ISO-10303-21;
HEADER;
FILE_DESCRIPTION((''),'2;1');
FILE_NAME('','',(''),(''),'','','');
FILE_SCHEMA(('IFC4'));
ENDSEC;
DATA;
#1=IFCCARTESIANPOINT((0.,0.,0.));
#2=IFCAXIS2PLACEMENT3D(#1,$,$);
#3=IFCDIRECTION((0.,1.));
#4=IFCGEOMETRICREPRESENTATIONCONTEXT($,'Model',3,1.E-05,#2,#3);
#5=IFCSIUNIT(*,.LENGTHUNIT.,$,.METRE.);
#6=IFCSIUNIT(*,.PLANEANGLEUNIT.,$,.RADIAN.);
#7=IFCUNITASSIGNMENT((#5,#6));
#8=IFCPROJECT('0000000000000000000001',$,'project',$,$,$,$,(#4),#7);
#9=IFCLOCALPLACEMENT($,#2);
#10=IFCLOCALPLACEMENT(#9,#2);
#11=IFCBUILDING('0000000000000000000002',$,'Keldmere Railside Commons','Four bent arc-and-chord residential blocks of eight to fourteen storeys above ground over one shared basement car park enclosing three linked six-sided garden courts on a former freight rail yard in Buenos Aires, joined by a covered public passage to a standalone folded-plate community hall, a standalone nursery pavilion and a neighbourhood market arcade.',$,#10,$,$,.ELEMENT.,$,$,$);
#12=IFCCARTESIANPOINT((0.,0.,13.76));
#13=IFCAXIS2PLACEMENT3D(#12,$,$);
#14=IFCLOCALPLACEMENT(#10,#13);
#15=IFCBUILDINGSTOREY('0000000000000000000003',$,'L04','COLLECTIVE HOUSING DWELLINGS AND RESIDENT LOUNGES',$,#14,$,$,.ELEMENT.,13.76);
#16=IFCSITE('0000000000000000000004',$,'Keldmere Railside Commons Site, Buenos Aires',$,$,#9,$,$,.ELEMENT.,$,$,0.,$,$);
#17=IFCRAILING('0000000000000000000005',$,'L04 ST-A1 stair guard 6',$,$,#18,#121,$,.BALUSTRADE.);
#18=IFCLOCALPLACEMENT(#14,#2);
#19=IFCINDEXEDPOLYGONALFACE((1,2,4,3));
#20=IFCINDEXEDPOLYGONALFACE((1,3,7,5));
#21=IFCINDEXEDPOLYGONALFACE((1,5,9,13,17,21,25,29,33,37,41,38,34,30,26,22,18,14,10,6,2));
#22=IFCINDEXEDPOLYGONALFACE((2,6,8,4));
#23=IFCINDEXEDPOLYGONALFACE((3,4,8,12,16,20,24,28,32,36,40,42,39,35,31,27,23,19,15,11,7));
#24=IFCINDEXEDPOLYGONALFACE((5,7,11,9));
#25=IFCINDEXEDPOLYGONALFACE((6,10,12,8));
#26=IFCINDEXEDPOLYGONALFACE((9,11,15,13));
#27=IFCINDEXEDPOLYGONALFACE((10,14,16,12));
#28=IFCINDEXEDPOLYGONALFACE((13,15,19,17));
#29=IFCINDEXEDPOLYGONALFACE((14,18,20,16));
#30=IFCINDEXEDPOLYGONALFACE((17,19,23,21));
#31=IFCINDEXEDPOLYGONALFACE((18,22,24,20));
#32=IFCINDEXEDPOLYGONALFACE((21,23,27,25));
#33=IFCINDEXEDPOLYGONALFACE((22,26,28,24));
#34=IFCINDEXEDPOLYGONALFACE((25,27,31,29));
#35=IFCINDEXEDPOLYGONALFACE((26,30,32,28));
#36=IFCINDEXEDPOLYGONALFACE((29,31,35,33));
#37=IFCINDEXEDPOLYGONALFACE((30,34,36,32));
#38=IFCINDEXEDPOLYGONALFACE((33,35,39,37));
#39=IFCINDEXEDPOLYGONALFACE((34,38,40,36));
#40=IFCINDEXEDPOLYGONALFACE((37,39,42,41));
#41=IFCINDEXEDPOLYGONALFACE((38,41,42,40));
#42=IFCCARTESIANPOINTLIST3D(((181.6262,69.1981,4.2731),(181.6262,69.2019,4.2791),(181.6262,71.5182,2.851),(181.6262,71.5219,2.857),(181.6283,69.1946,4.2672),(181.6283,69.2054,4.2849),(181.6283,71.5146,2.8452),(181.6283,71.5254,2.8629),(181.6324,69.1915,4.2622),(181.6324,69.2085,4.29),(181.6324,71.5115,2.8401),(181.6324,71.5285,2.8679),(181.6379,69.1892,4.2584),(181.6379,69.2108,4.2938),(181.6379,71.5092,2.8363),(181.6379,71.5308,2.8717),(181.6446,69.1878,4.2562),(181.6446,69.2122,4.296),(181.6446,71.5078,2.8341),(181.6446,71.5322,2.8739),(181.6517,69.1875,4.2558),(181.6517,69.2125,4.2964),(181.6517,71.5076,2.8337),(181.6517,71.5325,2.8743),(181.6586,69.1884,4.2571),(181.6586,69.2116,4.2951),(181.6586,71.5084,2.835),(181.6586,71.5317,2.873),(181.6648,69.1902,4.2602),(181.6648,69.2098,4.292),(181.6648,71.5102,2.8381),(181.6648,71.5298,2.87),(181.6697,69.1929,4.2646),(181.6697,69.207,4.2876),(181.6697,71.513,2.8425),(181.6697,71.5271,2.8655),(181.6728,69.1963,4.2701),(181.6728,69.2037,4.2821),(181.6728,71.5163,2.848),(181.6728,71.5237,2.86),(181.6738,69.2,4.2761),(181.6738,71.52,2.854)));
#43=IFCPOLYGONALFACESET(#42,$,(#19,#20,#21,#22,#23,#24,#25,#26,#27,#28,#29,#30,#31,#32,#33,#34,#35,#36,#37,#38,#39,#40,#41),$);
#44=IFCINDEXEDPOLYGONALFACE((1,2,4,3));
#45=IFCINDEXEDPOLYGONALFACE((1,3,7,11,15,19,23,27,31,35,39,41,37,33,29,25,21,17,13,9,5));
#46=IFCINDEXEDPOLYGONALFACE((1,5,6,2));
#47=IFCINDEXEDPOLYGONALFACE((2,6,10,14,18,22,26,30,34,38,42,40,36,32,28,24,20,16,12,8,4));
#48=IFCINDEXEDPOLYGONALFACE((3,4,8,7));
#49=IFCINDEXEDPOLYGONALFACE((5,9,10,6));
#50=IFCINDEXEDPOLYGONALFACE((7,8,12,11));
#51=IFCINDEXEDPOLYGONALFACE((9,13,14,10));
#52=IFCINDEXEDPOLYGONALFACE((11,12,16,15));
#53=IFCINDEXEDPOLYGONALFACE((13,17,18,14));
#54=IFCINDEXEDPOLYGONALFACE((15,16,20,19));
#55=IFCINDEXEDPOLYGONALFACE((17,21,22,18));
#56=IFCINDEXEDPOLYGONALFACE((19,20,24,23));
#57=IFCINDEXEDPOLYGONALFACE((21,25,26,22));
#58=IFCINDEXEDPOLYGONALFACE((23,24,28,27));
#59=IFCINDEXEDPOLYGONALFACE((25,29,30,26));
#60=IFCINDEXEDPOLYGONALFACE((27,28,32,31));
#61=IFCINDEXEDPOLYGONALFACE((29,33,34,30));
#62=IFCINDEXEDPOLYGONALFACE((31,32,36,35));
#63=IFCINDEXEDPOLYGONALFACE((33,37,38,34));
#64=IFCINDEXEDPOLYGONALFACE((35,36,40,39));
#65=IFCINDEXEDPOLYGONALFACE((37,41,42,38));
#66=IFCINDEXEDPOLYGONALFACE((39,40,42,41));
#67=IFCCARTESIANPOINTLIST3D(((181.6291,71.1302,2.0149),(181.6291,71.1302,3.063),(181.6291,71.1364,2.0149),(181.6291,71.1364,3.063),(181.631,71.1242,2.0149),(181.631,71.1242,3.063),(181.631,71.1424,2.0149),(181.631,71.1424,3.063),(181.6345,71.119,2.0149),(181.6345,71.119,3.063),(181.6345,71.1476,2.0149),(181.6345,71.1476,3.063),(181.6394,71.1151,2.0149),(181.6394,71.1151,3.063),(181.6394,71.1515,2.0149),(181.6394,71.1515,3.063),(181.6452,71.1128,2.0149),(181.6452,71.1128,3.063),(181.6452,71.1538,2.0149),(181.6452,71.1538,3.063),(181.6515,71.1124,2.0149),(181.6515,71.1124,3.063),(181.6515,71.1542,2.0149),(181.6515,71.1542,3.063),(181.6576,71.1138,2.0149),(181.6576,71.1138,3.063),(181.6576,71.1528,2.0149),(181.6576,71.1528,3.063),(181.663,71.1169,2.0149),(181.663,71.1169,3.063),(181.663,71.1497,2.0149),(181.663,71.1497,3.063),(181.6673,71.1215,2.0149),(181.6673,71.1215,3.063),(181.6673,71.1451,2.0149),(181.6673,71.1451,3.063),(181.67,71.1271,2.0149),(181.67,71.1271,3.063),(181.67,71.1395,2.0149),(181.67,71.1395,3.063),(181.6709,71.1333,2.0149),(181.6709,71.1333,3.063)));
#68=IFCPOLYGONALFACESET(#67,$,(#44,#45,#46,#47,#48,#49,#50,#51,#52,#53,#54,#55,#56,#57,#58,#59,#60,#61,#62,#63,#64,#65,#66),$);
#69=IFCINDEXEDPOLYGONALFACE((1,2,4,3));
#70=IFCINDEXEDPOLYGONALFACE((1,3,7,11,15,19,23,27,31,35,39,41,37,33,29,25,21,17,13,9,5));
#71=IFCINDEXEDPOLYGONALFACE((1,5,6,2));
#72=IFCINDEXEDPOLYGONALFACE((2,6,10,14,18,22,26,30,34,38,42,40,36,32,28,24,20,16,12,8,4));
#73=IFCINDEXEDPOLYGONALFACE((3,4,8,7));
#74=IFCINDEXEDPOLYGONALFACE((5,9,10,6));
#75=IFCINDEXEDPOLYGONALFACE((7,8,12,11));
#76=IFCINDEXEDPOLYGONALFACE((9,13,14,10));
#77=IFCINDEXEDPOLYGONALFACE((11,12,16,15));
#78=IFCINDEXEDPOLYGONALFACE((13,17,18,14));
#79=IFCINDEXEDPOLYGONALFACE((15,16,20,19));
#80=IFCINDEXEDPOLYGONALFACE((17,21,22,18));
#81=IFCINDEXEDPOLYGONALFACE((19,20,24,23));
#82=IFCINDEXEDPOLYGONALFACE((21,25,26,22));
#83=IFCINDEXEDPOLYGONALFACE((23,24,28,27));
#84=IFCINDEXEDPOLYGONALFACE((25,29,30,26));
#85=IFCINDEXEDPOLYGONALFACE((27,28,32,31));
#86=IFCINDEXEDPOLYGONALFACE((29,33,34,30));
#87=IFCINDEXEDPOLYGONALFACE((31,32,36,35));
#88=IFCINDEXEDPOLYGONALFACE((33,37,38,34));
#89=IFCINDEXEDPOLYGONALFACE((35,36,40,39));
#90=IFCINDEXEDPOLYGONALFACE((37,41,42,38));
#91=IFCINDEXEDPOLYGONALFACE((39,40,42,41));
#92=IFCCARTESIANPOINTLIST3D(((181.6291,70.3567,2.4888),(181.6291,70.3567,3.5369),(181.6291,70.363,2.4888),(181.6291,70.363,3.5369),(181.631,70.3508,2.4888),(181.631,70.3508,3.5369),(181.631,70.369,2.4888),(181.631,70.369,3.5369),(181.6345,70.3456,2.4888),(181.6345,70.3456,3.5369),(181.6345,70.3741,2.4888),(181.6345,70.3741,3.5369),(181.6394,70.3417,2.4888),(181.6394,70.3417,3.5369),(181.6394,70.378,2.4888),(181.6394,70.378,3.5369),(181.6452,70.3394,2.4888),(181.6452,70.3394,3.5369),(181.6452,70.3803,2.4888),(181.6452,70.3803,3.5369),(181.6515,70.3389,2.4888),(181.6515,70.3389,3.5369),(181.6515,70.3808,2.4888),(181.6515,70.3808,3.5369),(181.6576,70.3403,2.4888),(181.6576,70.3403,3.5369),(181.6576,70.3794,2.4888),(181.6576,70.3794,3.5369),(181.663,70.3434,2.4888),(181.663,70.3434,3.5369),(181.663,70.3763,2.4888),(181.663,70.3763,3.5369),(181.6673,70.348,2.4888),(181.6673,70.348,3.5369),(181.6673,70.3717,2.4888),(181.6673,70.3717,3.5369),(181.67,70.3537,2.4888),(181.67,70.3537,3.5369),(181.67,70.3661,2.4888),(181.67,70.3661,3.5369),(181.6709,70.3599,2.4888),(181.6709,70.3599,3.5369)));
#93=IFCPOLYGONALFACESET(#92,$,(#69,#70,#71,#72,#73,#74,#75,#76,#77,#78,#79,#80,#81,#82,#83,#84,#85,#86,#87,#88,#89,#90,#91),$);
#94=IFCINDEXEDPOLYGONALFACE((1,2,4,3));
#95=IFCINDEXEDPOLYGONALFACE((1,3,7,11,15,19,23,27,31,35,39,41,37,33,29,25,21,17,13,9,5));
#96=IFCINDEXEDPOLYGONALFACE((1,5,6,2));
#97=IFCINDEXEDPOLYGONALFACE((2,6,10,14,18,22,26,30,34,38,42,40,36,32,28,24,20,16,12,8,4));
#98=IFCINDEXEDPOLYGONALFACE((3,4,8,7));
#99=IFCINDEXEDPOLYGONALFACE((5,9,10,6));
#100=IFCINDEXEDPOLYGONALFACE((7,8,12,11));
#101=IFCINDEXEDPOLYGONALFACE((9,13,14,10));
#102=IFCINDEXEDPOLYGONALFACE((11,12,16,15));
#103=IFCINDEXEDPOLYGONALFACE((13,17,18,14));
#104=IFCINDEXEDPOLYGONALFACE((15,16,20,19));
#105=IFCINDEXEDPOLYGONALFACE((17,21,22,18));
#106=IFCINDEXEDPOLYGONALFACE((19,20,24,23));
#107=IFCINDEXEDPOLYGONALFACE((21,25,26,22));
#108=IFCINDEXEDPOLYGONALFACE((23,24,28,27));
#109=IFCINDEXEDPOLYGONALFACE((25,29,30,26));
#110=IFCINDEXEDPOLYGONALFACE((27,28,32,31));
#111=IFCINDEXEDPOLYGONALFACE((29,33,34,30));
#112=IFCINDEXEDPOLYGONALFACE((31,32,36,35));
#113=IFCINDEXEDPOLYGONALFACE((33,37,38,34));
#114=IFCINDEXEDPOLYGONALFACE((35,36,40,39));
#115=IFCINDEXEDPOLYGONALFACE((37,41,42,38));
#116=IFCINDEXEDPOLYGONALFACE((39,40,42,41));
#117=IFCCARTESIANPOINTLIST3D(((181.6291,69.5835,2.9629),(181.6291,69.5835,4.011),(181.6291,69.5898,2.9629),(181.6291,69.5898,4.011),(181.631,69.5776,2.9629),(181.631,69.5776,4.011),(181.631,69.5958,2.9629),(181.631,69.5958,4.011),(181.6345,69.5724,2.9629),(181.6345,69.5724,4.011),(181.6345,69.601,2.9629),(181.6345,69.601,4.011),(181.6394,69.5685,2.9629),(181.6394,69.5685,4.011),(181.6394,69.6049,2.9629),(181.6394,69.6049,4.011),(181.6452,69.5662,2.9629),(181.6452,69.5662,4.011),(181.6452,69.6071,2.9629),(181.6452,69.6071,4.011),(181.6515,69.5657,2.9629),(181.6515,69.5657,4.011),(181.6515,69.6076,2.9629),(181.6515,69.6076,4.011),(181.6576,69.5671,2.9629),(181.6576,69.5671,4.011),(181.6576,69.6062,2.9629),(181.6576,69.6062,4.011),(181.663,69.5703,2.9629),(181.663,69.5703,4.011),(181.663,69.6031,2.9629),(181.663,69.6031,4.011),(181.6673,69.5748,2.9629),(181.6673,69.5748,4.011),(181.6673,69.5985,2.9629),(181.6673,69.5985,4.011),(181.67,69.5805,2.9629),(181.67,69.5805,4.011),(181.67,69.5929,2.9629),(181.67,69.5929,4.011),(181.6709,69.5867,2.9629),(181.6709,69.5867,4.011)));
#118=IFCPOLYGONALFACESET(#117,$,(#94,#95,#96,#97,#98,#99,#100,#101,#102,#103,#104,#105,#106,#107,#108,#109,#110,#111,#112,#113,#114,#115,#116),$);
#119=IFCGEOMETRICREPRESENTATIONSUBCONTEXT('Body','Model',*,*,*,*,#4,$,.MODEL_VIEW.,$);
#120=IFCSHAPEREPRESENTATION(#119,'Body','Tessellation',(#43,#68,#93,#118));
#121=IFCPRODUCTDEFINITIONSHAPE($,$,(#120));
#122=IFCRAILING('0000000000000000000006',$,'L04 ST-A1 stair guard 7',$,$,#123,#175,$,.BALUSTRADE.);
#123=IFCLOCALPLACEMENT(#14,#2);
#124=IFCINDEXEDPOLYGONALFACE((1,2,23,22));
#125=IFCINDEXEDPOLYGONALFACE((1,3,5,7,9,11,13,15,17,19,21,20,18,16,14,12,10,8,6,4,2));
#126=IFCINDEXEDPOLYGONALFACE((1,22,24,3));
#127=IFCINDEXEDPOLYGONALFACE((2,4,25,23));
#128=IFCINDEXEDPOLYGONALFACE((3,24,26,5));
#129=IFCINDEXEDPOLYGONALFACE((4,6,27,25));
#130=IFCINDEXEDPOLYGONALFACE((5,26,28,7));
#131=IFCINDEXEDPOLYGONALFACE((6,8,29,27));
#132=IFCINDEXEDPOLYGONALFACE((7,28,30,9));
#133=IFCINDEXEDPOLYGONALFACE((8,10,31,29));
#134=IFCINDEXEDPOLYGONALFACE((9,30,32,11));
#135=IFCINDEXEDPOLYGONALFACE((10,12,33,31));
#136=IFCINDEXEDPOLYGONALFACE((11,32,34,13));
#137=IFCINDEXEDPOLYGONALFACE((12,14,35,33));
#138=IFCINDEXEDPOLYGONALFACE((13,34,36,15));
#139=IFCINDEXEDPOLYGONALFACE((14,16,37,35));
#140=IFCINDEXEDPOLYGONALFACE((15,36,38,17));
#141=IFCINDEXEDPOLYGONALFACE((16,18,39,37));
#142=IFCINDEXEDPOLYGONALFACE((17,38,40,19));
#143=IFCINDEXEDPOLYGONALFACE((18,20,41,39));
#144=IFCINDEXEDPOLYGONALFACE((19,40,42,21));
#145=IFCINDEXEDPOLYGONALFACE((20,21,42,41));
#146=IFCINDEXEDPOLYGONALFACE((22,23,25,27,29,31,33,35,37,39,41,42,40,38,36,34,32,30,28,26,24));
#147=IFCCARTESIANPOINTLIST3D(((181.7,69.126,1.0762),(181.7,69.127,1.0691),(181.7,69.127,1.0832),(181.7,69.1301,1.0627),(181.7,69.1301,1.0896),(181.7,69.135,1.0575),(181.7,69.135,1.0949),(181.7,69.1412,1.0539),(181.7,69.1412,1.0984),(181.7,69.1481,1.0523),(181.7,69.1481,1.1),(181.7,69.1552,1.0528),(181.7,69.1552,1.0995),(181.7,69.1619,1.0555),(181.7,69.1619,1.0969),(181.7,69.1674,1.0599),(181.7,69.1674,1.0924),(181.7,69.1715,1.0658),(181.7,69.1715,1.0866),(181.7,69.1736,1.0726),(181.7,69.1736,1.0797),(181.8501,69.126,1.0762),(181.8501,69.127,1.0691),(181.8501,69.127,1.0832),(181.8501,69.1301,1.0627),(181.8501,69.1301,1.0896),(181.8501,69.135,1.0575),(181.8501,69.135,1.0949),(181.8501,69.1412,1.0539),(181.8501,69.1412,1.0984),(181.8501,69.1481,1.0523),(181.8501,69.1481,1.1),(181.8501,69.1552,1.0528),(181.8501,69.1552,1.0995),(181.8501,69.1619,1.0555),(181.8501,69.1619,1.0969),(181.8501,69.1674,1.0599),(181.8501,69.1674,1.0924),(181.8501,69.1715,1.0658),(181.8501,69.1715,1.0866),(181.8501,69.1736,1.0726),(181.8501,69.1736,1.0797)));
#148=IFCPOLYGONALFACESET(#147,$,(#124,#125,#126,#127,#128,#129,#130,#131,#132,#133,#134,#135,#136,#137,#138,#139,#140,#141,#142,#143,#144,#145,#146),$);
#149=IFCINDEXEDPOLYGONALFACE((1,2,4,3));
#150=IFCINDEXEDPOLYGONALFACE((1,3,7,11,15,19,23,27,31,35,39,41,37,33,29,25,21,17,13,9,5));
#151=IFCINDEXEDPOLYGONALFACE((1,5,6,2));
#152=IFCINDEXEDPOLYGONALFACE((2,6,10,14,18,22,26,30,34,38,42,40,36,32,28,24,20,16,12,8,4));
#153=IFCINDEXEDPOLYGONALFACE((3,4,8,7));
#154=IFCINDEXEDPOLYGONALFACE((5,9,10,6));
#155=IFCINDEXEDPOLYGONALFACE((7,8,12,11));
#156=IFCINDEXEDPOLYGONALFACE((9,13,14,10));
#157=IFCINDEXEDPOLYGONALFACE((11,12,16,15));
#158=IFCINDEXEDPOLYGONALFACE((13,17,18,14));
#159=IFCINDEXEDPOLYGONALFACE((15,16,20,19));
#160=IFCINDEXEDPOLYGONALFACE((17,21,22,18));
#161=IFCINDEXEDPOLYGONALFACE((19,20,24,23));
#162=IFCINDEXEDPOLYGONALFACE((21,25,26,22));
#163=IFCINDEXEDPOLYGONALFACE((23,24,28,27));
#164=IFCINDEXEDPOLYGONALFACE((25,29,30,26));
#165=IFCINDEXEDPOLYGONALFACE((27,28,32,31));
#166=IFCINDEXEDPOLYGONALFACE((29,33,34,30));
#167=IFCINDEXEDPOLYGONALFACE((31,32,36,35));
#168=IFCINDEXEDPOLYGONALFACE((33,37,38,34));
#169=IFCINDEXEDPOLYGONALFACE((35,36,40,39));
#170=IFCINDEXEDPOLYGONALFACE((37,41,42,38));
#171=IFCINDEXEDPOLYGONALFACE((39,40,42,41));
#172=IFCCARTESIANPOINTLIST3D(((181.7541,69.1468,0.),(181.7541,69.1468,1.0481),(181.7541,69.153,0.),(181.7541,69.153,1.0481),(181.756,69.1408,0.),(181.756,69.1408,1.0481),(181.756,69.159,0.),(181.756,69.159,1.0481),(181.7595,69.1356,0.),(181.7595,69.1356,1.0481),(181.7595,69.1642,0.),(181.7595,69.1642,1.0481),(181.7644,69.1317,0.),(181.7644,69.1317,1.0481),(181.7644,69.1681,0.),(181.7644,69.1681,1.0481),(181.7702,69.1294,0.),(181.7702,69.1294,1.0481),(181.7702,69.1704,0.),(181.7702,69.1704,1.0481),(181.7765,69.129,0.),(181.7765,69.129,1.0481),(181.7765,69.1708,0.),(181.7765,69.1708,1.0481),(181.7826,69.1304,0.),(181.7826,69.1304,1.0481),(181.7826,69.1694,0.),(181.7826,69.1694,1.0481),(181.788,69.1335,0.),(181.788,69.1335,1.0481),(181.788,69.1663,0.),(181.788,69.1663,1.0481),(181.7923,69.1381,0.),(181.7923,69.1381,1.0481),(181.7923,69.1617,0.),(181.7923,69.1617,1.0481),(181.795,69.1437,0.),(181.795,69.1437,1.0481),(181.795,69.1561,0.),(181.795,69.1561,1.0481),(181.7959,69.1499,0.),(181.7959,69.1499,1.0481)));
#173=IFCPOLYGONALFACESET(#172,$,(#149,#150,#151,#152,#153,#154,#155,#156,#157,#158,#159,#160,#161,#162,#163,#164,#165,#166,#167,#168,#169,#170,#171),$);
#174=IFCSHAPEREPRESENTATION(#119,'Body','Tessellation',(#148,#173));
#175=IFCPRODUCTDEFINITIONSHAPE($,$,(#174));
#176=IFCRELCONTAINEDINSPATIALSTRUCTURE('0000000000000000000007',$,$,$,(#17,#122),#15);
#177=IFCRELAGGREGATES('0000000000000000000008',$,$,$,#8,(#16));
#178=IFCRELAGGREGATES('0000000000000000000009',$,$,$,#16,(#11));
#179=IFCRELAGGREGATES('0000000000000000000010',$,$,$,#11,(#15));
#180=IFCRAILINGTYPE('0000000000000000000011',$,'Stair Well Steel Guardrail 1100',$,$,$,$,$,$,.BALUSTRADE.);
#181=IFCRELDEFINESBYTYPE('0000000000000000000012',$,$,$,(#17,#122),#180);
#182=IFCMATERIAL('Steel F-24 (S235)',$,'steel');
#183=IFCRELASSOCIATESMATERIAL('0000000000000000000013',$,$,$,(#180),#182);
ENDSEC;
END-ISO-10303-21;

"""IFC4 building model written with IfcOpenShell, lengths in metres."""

from ifc_helpers import new_model, si_unit, direction, frame, origin, origin_2d, place, context, subcontext, project, spatial, circle, extrude, material, type_object, element, save


model = new_model("IFC4")

# Units and contexts
model_context = context("Model", 3, precision=1e-05, world=origin(), true_north=direction((0.0, 1.0)))
body_context = subcontext(model_context, "Body", "Model", "MODEL_VIEW")
ifc_project = project(units=[si_unit("LENGTHUNIT", "METRE"), si_unit("PLANEANGLEUNIT", "RADIAN")], contexts=[model_context])

# Site, building, storey
site_placement = place(None, origin())
site = spatial("IfcSite", under=ifc_project, at=site_placement, Name="Keldmere Railside Commons Site, Buenos Aires", CompositionType="ELEMENT", RefElevation=0.0)
building_placement = place(site_placement, origin())
building = spatial("IfcBuilding", under=site, at=building_placement, Name="Keldmere Railside Commons", Description="Four bent arc-and-chord residential blocks of eight to fourteen storeys above ground over one shared basement car park enclosing three linked six-sided garden courts on a former freight rail yard in Buenos Aires, joined by a covered public passage to a standalone folded-plate community hall, a standalone nursery pavilion and a neighbourhood market arcade.", CompositionType="ELEMENT")
storey_placement = place(building_placement, frame((0.0, 0.0, 13.76)))
storey = spatial("IfcBuildingStorey", under=building, at=storey_placement, Name="L04", Description="COLLECTIVE HOUSING DWELLINGS AND RESIDENT LOUNGES", CompositionType="ELEMENT", Elevation=13.76)

# Shared definitions
ifc_material_1 = material(Name="Steel F-24 (S235)", Category="steel")

# Railings
railing_type_1 = type_object("IfcRailingType", Name="Stair Well Steel Guardrail 1100", PredefinedType="BALUSTRADE", material=ifc_material_1)
railing_1_placement = place(storey_placement, frame((181.6499, 71.52, 1.7778)))
element("IfcRailing", 1, at=railing_1_placement, inside=storey, type_object=railing_type_1, Name="L04 ST-A1 stair guard 6", PredefinedType="BALUSTRADE", context=body_context, shape_type="SweptSolid", body=[
    extrude(circle(Radius=0.0239, at=origin_2d()), frame((0.0, 0.0, 1.0762), z_axis=(0.0, -0.852578, 0.5226), x_axis=(1.0, 0.0, 0.0)), (0.0, 0.0, 1.0), 2.7212),
    extrude(circle(Radius=0.021, at=origin_2d()), frame((0.0, -0.3867, 0.2371)), (0.0, 0.0, 1.0), 1.0481),
    extrude(circle(Radius=0.021, at=origin_2d()), frame((0.0, -1.1602, 0.7109)), (0.0, 0.0, 1.0), 1.0481),
    extrude(circle(Radius=0.021, at=origin_2d()), frame((0.0, -1.9333, 1.1851)), (0.0, 0.0, 1.0), 1.0481),
])
railing_2_placement = place(storey_placement, frame((181.8501, 69.1499, 0.0)))
element("IfcRailing", 2, at=railing_2_placement, inside=storey, type_object=railing_type_1, Name="L04 ST-A1 stair guard 7", PredefinedType="BALUSTRADE", context=body_context, shape_type="SweptSolid", body=[
    extrude(circle(Radius=0.0239, at=origin_2d()), frame((0.0, 0.0, 1.0762), z_axis=(-1.0, 0.0, 0.0), x_axis=(0.0, -1.0, 0.0)), (0.0, 0.0, 1.0), 0.1501),
    extrude(circle(Radius=0.021, at=origin_2d()), frame((-0.0752, 0.0, 0.0)), (0.0, 0.0, 1.0), 1.0481),
])

save(model, "model.ifc")
